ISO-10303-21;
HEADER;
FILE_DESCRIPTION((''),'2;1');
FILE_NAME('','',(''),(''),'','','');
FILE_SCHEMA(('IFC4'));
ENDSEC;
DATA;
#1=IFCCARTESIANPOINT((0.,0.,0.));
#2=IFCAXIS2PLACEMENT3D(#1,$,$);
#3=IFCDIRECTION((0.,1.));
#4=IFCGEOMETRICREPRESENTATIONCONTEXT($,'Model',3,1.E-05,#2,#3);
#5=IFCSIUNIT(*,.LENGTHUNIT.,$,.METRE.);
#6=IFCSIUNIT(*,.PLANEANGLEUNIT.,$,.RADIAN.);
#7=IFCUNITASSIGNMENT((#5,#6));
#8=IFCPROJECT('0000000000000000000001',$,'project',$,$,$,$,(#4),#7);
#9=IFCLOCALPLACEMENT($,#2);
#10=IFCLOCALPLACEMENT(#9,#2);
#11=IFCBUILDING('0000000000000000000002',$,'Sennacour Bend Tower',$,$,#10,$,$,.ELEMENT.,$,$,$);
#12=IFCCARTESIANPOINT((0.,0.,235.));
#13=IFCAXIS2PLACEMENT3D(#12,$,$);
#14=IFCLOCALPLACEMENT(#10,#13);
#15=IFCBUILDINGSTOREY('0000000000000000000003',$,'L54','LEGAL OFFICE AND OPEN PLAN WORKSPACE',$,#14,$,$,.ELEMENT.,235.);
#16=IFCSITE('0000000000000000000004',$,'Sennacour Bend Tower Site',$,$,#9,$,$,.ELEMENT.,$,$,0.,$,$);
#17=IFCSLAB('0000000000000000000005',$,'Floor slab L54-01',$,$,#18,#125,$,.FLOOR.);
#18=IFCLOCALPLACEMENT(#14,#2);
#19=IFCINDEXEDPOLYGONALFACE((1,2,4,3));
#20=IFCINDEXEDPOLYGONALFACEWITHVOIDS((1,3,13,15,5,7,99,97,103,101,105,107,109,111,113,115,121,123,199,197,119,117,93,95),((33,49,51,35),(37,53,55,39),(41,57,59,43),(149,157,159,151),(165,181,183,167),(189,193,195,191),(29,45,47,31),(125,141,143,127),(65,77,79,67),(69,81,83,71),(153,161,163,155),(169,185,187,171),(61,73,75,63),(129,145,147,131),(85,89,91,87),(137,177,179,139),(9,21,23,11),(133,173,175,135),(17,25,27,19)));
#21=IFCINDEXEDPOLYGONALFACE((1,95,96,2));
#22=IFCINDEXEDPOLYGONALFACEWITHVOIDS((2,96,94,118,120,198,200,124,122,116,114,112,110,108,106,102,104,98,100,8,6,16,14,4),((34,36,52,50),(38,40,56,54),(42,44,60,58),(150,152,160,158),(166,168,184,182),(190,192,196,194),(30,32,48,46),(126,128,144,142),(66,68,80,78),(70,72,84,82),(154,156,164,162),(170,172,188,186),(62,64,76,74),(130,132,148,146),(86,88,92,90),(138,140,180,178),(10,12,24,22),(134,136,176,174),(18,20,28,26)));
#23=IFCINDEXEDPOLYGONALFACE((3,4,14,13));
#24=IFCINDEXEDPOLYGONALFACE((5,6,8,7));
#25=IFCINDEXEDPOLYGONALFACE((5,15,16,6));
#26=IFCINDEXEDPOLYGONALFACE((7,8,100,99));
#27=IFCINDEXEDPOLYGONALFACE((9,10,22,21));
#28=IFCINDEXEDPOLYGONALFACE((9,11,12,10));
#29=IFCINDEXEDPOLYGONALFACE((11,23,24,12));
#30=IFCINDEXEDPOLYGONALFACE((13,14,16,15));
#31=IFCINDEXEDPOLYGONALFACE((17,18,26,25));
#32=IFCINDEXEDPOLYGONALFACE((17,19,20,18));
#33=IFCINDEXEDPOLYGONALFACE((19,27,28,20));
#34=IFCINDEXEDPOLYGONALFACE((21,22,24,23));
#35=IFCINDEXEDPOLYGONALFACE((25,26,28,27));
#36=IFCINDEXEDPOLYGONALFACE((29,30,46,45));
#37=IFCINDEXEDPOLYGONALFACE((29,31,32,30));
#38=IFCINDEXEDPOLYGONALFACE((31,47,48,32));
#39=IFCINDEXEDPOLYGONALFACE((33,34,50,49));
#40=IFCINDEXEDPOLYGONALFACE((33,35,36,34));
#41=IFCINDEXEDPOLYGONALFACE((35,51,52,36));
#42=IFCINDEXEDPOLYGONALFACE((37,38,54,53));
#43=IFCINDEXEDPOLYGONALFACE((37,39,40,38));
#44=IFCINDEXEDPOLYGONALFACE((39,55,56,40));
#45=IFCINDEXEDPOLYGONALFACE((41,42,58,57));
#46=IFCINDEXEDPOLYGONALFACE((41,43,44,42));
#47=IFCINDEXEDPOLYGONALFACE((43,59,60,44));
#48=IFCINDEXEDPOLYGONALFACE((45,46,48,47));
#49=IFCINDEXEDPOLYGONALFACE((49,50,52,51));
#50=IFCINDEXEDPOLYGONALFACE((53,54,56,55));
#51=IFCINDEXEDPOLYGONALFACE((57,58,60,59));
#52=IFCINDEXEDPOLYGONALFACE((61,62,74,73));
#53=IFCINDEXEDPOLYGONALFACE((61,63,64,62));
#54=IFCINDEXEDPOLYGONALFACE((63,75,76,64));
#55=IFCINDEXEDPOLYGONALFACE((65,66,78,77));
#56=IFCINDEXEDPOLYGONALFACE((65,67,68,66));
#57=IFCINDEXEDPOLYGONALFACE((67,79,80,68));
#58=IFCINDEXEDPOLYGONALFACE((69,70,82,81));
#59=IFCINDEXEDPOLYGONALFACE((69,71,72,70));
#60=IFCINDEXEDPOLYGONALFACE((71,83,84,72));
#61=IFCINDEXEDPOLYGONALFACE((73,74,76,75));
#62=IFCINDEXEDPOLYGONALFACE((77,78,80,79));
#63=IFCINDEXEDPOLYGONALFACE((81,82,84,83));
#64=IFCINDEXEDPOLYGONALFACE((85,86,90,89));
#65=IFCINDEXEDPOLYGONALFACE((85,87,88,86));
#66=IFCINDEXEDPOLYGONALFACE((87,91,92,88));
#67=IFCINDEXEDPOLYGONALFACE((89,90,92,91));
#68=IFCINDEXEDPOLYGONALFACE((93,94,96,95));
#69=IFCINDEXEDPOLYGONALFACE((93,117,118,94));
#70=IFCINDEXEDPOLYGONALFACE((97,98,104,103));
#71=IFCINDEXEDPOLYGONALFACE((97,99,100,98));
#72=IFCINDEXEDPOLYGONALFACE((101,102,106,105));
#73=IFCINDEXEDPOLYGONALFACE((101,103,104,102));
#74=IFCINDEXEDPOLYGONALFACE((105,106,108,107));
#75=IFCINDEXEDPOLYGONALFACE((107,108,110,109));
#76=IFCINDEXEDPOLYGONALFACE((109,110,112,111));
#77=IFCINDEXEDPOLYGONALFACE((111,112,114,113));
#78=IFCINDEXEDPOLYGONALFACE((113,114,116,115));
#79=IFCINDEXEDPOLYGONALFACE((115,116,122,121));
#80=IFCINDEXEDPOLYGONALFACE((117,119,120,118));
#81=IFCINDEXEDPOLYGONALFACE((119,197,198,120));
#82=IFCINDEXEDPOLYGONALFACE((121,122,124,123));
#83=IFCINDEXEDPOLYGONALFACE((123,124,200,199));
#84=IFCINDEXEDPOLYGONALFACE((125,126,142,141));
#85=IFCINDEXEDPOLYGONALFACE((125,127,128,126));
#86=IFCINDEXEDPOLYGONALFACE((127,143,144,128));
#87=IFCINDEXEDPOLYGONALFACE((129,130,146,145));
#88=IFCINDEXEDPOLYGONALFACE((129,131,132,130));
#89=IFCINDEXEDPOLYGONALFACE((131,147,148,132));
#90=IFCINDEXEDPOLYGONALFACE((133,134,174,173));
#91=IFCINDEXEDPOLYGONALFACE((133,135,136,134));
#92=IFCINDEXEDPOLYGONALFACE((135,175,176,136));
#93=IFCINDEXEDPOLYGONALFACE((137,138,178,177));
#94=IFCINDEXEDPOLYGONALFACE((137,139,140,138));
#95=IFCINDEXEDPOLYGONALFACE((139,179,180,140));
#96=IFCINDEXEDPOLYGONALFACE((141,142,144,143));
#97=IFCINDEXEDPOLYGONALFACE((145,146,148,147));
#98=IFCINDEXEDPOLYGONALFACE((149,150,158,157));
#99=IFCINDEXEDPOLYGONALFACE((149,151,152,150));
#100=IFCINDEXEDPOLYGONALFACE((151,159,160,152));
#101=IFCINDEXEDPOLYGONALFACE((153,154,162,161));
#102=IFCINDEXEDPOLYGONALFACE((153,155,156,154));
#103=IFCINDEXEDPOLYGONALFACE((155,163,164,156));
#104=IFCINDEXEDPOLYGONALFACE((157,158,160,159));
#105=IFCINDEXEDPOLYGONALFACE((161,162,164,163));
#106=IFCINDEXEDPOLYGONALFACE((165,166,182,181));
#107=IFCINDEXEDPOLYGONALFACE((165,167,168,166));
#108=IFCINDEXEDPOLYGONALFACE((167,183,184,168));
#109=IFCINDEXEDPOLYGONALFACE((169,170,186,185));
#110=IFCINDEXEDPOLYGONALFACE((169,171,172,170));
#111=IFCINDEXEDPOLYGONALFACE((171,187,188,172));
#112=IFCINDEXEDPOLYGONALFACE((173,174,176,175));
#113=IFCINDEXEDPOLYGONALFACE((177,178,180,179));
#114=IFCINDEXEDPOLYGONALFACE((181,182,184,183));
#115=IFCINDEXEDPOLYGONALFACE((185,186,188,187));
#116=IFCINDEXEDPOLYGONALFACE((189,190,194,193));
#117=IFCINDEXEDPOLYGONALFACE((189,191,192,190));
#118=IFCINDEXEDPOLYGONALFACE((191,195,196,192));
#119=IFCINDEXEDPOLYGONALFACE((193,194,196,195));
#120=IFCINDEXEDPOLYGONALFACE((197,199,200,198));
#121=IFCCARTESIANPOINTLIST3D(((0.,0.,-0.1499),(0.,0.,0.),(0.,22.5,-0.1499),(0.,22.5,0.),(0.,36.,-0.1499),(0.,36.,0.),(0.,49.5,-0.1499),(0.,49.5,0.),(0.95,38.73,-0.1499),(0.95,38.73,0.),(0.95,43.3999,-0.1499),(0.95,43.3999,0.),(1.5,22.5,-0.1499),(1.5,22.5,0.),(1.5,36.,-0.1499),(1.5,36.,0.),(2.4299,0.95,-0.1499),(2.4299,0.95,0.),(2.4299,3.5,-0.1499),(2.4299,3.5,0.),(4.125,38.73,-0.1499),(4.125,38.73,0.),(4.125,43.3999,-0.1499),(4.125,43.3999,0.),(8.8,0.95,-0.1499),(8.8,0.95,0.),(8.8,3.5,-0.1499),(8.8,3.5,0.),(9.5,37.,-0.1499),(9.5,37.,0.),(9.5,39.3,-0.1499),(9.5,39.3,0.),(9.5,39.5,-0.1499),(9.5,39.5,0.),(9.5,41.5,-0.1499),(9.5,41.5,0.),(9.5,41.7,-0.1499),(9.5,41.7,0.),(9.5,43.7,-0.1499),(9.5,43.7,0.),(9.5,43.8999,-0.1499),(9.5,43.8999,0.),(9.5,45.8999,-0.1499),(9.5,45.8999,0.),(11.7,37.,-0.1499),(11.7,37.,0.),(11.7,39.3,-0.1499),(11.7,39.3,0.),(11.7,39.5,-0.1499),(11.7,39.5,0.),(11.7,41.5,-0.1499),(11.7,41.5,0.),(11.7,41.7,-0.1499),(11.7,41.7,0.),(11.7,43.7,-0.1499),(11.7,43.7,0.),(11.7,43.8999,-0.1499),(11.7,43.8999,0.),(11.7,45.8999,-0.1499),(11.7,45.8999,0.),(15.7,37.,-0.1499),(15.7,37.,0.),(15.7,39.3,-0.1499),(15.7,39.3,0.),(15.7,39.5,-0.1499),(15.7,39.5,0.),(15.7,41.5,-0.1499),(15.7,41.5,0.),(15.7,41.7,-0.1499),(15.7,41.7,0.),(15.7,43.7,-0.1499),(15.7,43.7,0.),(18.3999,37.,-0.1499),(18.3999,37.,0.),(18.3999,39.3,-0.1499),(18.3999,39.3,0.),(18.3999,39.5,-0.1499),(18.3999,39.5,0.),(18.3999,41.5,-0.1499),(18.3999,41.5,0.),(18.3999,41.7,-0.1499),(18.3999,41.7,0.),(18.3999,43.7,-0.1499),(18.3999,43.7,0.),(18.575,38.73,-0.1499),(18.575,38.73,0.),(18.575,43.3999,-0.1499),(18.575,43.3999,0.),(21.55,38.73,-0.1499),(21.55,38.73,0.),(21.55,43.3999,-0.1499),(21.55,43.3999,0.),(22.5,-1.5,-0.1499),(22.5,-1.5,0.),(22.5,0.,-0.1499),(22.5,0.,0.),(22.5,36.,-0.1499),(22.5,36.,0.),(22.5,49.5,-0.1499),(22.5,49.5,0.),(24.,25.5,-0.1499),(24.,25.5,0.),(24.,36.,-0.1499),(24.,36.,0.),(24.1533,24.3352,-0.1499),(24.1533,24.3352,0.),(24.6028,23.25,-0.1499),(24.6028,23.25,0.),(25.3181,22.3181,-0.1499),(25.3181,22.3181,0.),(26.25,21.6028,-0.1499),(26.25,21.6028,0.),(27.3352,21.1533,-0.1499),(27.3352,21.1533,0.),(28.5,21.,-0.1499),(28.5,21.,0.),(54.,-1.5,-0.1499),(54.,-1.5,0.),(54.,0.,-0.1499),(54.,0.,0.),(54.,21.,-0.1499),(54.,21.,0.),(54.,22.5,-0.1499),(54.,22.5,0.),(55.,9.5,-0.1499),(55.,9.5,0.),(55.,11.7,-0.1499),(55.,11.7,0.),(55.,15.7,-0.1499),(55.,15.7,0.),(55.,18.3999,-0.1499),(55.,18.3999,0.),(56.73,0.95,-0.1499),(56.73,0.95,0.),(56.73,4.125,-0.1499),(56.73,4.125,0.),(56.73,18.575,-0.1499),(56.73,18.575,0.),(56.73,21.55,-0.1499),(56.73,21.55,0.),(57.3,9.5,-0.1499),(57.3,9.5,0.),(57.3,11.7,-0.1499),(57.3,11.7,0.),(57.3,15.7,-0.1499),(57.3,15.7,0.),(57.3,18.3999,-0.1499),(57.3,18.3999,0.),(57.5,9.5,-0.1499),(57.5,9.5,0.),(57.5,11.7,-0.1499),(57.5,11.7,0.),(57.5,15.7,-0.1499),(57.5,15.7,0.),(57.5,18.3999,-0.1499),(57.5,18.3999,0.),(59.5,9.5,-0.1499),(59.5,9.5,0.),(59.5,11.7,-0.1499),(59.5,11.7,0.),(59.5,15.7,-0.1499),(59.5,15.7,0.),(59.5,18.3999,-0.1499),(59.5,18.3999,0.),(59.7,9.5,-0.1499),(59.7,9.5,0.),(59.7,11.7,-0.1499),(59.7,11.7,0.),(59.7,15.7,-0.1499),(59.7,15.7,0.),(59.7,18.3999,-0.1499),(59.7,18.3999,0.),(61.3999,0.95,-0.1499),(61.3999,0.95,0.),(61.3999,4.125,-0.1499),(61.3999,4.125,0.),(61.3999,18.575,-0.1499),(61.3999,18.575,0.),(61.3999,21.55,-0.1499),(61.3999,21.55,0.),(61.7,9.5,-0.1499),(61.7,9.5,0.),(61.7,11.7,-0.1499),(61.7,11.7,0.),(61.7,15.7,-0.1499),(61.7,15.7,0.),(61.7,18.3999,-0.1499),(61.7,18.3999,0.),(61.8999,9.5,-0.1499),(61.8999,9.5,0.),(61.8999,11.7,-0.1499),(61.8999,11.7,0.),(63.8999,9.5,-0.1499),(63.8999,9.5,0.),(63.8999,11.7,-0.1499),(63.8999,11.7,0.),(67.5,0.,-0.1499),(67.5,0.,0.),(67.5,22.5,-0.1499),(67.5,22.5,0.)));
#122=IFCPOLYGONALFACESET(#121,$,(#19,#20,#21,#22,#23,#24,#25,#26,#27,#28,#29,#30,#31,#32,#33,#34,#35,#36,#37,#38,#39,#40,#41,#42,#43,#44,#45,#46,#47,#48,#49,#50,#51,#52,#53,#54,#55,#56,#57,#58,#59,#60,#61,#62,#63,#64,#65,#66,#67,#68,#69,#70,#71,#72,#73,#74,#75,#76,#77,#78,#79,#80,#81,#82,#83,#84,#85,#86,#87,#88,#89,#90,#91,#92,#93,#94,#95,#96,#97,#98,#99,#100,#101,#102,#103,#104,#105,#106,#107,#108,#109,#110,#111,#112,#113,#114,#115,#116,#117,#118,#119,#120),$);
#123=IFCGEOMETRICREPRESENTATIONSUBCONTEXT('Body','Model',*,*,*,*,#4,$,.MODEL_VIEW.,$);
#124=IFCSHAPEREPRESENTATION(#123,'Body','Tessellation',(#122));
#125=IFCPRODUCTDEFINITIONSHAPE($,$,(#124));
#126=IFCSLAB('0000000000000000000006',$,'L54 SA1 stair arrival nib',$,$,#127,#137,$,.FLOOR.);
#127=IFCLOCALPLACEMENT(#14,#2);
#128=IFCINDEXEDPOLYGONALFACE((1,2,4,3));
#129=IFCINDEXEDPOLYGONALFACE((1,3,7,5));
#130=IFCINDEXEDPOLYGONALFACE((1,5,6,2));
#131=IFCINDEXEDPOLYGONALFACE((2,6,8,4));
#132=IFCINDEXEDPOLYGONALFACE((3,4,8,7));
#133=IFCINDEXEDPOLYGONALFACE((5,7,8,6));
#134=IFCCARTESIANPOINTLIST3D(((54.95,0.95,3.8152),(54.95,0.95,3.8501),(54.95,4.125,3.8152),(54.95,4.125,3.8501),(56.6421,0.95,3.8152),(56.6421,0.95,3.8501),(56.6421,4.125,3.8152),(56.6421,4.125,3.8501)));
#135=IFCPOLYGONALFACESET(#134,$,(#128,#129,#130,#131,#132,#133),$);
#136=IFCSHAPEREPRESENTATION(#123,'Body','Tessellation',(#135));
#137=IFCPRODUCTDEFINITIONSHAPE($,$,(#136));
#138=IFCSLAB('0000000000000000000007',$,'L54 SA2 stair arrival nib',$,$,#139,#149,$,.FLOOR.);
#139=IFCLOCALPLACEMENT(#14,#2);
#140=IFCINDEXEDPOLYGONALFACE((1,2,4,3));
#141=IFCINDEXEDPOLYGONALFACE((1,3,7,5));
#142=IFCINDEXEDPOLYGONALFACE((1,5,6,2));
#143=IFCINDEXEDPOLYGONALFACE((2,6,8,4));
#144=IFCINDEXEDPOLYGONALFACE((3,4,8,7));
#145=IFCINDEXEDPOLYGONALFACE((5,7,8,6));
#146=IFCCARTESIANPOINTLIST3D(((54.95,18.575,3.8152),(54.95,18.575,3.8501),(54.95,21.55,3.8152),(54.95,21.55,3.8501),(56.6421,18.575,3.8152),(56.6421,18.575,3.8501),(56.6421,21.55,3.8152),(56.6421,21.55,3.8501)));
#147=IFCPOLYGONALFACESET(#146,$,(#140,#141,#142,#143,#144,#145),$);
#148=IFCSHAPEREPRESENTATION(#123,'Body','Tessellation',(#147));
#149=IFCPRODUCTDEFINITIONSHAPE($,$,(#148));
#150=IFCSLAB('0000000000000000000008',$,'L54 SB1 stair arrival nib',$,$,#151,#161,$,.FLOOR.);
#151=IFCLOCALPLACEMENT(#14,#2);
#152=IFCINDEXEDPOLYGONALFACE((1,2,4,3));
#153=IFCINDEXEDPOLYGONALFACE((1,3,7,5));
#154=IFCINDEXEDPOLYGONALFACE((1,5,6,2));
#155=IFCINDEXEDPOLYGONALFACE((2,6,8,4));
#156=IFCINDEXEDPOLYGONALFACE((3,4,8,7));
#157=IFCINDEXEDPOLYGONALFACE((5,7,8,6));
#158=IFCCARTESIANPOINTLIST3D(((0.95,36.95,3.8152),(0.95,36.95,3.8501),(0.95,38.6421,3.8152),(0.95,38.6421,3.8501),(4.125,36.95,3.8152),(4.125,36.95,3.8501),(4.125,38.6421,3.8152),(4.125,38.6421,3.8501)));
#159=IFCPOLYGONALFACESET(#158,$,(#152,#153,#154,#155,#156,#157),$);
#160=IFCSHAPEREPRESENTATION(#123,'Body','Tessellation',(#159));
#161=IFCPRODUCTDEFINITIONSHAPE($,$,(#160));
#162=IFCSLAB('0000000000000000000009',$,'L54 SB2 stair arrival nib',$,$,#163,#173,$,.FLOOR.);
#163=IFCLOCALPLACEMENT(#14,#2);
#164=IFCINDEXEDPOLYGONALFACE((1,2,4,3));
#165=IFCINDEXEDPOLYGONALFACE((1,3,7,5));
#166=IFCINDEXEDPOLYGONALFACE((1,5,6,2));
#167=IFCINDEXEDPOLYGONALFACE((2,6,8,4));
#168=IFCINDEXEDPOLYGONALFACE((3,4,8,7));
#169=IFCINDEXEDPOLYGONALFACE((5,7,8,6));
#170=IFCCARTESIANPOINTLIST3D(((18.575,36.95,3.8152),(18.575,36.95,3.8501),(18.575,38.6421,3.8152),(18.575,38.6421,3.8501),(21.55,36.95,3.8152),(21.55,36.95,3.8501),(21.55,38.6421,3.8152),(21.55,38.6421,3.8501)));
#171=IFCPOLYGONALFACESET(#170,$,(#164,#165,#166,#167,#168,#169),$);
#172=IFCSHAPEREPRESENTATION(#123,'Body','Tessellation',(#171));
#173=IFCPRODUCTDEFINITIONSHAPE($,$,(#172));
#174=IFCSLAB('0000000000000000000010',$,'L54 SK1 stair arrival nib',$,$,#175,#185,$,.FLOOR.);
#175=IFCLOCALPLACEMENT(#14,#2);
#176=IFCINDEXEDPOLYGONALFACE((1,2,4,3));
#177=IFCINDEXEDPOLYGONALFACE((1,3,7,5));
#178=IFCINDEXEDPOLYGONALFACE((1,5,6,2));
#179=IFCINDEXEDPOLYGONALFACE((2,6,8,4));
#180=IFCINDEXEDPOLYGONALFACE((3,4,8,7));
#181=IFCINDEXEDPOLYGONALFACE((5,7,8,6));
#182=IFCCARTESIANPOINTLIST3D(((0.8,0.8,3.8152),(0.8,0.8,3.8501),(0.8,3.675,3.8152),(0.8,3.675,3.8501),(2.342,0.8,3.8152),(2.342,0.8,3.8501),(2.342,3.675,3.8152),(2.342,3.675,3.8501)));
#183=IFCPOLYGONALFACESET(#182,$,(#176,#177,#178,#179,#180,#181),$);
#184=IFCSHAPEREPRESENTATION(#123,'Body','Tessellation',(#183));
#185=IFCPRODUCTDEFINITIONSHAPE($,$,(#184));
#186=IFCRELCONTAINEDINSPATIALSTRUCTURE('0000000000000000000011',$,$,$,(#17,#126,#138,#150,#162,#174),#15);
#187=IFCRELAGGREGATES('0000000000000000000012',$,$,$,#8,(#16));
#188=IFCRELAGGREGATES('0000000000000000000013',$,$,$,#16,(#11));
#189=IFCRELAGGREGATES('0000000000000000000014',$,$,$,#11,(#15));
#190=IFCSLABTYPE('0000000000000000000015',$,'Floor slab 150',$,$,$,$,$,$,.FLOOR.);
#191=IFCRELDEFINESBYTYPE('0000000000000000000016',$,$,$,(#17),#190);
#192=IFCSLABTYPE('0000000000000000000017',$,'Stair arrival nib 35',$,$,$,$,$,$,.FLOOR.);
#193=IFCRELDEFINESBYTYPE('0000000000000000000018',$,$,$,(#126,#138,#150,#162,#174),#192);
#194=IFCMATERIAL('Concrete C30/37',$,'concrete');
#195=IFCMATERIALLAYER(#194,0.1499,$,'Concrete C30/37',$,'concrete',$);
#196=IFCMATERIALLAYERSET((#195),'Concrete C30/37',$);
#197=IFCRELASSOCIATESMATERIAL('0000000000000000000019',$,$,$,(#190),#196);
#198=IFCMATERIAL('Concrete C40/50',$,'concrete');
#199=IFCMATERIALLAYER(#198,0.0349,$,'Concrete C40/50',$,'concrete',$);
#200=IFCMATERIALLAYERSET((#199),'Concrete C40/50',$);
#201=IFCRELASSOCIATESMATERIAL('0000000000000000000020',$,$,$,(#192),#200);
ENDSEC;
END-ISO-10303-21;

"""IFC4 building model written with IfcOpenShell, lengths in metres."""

from ifc_helpers import new_model, si_unit, direction, frame, origin, place, context, subcontext, project, spatial, polyline, outline, extrude, material, layer, layer_set, type_object, element, save


model = new_model("IFC4")

# Units and contexts
model_context = context("Model", 3, precision=1e-05, world=origin(), true_north=direction((0.0, 1.0)))
body_context = subcontext(model_context, "Body", "Model", "MODEL_VIEW")
ifc_project = project(units=[si_unit("LENGTHUNIT", "METRE"), si_unit("PLANEANGLEUNIT", "RADIAN")], contexts=[model_context])

# Site, building, storey
site_placement = place(None, origin())
site = spatial("IfcSite", under=ifc_project, at=site_placement, Name="Sennacour Bend Tower Site", CompositionType="ELEMENT", RefElevation=0.0)
building_placement = place(site_placement, origin())
building = spatial("IfcBuilding", under=site, at=building_placement, Name="Sennacour Bend Tower", CompositionType="ELEMENT")
storey_placement = place(building_placement, frame((0.0, 0.0, 235.0)))
storey = spatial("IfcBuildingStorey", under=building, at=storey_placement, Name="L54", Description="LEGAL OFFICE AND OPEN PLAN WORKSPACE", CompositionType="ELEMENT", Elevation=235.0)

# Slabs
ifc_material_1 = material(Name="Concrete C30/37", Category="concrete")
ifc_layer_1 = layer(ifc_material_1, 0.1499, Name="Concrete C30/37", Category="concrete")
ifc_layer_set_1 = layer_set([ifc_layer_1], Name="Concrete C30/37")
slab_type_1 = type_object("IfcSlabType", Name="Floor slab 150", PredefinedType="FLOOR", material=ifc_layer_set_1)
slab_1_placement = place(storey_placement, frame((0.0, 0.0, -0.1499)))
element("IfcSlab", 1, at=slab_1_placement, inside=storey, type_object=slab_type_1, Name="Floor slab L54-01", PredefinedType="FLOOR", context=body_context, shape_type="SweptSolid", body=[
    extrude(outline(polyline([(22.5, 0.0), (0.0, 0.0), (0.0, 22.5), (1.5, 22.5), (1.5, 36.0), (0.0, 36.0), (0.0, 49.5), (22.5, 49.5), (22.5, 36.0), (24.0, 36.0), (24.0, 25.5), (24.1533, 24.3352), (24.6028, 23.25), (25.3181, 22.3181), (26.25, 21.6028), (27.3352, 21.1533), (28.5, 21.0), (54.0, 21.0), (54.0, 22.5), (67.5, 22.5), (67.5, 0.0), (54.0, 0.0), (54.0, -1.5), (22.5, -1.5), (22.5, 0.0)]), holes=[polyline([(8.8, 0.95), (8.8, 3.5), (2.4299, 3.5), (2.4299, 0.95), (8.8, 0.95)]), polyline([(11.7, 37.0), (11.7, 39.3), (9.5, 39.3), (9.5, 37.0), (11.7, 37.0)]), polyline([(18.3999, 37.0), (18.3999, 39.3), (15.7, 39.3), (15.7, 37.0), (18.3999, 37.0)]), polyline([(11.7, 39.5), (11.7, 41.5), (9.5, 41.5), (9.5, 39.5), (11.7, 39.5)]), polyline([(18.3999, 39.5), (18.3999, 41.5), (15.7, 41.5), (15.7, 39.5), (18.3999, 39.5)]), polyline([(4.125, 38.73), (4.125, 43.3999), (0.95, 43.3999), (0.95, 38.73), (4.125, 38.73)]), polyline([(21.55, 38.73), (21.55, 43.3999), (18.575, 43.3999), (18.575, 38.73), (21.55, 38.73)]), polyline([(9.5, 41.7), (11.7, 41.7), (11.7, 43.7), (9.5, 43.7), (9.5, 41.7)]), polyline([(15.7, 41.7), (18.3999, 41.7), (18.3999, 43.7), (15.7, 43.7), (15.7, 41.7)]), polyline([(11.7, 43.8999), (11.7, 45.8999), (9.5, 45.8999), (9.5, 43.8999), (11.7, 43.8999)]), polyline([(61.3999, 0.95), (61.3999, 4.125), (56.73, 4.125), (56.73, 0.95), (61.3999, 0.95)]), polyline([(57.3, 9.5), (57.3, 11.7), (55.0, 11.7), (55.0, 9.5), (57.3, 9.5)]), polyline([(57.5, 9.5), (59.5, 9.5), (59.5, 11.7), (57.5, 11.7), (57.5, 9.5)]), polyline([(59.7, 9.5), (61.7, 9.5), (61.7, 11.7), (59.7, 11.7), (59.7, 9.5)]), polyline([(63.8999, 9.5), (63.8999, 11.7), (61.8999, 11.7), (61.8999, 9.5), (63.8999, 9.5)]), polyline([(57.3, 15.7), (57.3, 18.3999), (55.0, 18.3999), (55.0, 15.7), (57.3, 15.7)]), polyline([(59.5, 15.7), (59.5, 18.3999), (57.5, 18.3999), (57.5, 15.7), (59.5, 15.7)]), polyline([(59.7, 15.7), (61.7, 15.7), (61.7, 18.3999), (59.7, 18.3999), (59.7, 15.7)]), polyline([(56.73, 18.575), (61.3999, 18.575), (61.3999, 21.55), (56.73, 21.55), (56.73, 18.575)])]), origin(), (0.0, 0.0, 1.0), 0.1499),
])
ifc_material_2 = material(Name="Concrete C40/50", Category="concrete")
ifc_layer_2 = layer(ifc_material_2, 0.0349, Name="Concrete C40/50", Category="concrete")
ifc_layer_set_2 = layer_set([ifc_layer_2], Name="Concrete C40/50")
slab_type_2 = type_object("IfcSlabType", Name="Stair arrival nib 35", PredefinedType="FLOOR", material=ifc_layer_set_2)
slab_2_placement = place(storey_placement, frame((0.0, 0.0, 3.8152)))
element("IfcSlab", 2, at=slab_2_placement, inside=storey, type_object=slab_type_2, Name="L54 SA1 stair arrival nib", PredefinedType="FLOOR", context=body_context, shape_type="SweptSolid", body=[
    extrude(outline(polyline([(56.6421, 4.125), (54.95, 4.125), (54.95, 0.95), (56.6421, 0.95), (56.6421, 4.125)])), origin(), (0.0, 0.0, 1.0), 0.0349),
])
slab_3_placement = place(storey_placement, frame((0.0, 0.0, 3.8152)))
element("IfcSlab", 3, at=slab_3_placement, inside=storey, type_object=slab_type_2, Name="L54 SA2 stair arrival nib", PredefinedType="FLOOR", context=body_context, shape_type="SweptSolid", body=[
    extrude(outline(polyline([(56.6421, 21.55), (54.95, 21.55), (54.95, 18.575), (56.6421, 18.575), (56.6421, 21.55)])), origin(), (0.0, 0.0, 1.0), 0.0349),
])
slab_4_placement = place(storey_placement, frame((0.0, 0.0, 3.8152)))
element("IfcSlab", 4, at=slab_4_placement, inside=storey, type_object=slab_type_2, Name="L54 SB1 stair arrival nib", PredefinedType="FLOOR", context=body_context, shape_type="SweptSolid", body=[
    extrude(outline(polyline([(0.95, 38.6421), (0.95, 36.95), (4.125, 36.95), (4.125, 38.6421), (0.95, 38.6421)])), origin(), (0.0, 0.0, 1.0), 0.0349),
])
slab_5_placement = place(storey_placement, frame((0.0, 0.0, 3.8152)))
element("IfcSlab", 5, at=slab_5_placement, inside=storey, type_object=slab_type_2, Name="L54 SB2 stair arrival nib", PredefinedType="FLOOR", context=body_context, shape_type="SweptSolid", body=[
    extrude(outline(polyline([(18.575, 38.6421), (18.575, 36.95), (21.55, 36.95), (21.55, 38.6421), (18.575, 38.6421)])), origin(), (0.0, 0.0, 1.0), 0.0349),
])
slab_6_placement = place(storey_placement, frame((0.0, 0.0, 3.8152)))
element("IfcSlab", 6, at=slab_6_placement, inside=storey, type_object=slab_type_2, Name="L54 SK1 stair arrival nib", PredefinedType="FLOOR", context=body_context, shape_type="SweptSolid", body=[
    extrude(outline(polyline([(2.342, 3.675), (0.8, 3.675), (0.8, 0.8), (2.342, 0.8), (2.342, 3.675)])), origin(), (0.0, 0.0, 1.0), 0.0349),
])

save(model, "model.ifc")
